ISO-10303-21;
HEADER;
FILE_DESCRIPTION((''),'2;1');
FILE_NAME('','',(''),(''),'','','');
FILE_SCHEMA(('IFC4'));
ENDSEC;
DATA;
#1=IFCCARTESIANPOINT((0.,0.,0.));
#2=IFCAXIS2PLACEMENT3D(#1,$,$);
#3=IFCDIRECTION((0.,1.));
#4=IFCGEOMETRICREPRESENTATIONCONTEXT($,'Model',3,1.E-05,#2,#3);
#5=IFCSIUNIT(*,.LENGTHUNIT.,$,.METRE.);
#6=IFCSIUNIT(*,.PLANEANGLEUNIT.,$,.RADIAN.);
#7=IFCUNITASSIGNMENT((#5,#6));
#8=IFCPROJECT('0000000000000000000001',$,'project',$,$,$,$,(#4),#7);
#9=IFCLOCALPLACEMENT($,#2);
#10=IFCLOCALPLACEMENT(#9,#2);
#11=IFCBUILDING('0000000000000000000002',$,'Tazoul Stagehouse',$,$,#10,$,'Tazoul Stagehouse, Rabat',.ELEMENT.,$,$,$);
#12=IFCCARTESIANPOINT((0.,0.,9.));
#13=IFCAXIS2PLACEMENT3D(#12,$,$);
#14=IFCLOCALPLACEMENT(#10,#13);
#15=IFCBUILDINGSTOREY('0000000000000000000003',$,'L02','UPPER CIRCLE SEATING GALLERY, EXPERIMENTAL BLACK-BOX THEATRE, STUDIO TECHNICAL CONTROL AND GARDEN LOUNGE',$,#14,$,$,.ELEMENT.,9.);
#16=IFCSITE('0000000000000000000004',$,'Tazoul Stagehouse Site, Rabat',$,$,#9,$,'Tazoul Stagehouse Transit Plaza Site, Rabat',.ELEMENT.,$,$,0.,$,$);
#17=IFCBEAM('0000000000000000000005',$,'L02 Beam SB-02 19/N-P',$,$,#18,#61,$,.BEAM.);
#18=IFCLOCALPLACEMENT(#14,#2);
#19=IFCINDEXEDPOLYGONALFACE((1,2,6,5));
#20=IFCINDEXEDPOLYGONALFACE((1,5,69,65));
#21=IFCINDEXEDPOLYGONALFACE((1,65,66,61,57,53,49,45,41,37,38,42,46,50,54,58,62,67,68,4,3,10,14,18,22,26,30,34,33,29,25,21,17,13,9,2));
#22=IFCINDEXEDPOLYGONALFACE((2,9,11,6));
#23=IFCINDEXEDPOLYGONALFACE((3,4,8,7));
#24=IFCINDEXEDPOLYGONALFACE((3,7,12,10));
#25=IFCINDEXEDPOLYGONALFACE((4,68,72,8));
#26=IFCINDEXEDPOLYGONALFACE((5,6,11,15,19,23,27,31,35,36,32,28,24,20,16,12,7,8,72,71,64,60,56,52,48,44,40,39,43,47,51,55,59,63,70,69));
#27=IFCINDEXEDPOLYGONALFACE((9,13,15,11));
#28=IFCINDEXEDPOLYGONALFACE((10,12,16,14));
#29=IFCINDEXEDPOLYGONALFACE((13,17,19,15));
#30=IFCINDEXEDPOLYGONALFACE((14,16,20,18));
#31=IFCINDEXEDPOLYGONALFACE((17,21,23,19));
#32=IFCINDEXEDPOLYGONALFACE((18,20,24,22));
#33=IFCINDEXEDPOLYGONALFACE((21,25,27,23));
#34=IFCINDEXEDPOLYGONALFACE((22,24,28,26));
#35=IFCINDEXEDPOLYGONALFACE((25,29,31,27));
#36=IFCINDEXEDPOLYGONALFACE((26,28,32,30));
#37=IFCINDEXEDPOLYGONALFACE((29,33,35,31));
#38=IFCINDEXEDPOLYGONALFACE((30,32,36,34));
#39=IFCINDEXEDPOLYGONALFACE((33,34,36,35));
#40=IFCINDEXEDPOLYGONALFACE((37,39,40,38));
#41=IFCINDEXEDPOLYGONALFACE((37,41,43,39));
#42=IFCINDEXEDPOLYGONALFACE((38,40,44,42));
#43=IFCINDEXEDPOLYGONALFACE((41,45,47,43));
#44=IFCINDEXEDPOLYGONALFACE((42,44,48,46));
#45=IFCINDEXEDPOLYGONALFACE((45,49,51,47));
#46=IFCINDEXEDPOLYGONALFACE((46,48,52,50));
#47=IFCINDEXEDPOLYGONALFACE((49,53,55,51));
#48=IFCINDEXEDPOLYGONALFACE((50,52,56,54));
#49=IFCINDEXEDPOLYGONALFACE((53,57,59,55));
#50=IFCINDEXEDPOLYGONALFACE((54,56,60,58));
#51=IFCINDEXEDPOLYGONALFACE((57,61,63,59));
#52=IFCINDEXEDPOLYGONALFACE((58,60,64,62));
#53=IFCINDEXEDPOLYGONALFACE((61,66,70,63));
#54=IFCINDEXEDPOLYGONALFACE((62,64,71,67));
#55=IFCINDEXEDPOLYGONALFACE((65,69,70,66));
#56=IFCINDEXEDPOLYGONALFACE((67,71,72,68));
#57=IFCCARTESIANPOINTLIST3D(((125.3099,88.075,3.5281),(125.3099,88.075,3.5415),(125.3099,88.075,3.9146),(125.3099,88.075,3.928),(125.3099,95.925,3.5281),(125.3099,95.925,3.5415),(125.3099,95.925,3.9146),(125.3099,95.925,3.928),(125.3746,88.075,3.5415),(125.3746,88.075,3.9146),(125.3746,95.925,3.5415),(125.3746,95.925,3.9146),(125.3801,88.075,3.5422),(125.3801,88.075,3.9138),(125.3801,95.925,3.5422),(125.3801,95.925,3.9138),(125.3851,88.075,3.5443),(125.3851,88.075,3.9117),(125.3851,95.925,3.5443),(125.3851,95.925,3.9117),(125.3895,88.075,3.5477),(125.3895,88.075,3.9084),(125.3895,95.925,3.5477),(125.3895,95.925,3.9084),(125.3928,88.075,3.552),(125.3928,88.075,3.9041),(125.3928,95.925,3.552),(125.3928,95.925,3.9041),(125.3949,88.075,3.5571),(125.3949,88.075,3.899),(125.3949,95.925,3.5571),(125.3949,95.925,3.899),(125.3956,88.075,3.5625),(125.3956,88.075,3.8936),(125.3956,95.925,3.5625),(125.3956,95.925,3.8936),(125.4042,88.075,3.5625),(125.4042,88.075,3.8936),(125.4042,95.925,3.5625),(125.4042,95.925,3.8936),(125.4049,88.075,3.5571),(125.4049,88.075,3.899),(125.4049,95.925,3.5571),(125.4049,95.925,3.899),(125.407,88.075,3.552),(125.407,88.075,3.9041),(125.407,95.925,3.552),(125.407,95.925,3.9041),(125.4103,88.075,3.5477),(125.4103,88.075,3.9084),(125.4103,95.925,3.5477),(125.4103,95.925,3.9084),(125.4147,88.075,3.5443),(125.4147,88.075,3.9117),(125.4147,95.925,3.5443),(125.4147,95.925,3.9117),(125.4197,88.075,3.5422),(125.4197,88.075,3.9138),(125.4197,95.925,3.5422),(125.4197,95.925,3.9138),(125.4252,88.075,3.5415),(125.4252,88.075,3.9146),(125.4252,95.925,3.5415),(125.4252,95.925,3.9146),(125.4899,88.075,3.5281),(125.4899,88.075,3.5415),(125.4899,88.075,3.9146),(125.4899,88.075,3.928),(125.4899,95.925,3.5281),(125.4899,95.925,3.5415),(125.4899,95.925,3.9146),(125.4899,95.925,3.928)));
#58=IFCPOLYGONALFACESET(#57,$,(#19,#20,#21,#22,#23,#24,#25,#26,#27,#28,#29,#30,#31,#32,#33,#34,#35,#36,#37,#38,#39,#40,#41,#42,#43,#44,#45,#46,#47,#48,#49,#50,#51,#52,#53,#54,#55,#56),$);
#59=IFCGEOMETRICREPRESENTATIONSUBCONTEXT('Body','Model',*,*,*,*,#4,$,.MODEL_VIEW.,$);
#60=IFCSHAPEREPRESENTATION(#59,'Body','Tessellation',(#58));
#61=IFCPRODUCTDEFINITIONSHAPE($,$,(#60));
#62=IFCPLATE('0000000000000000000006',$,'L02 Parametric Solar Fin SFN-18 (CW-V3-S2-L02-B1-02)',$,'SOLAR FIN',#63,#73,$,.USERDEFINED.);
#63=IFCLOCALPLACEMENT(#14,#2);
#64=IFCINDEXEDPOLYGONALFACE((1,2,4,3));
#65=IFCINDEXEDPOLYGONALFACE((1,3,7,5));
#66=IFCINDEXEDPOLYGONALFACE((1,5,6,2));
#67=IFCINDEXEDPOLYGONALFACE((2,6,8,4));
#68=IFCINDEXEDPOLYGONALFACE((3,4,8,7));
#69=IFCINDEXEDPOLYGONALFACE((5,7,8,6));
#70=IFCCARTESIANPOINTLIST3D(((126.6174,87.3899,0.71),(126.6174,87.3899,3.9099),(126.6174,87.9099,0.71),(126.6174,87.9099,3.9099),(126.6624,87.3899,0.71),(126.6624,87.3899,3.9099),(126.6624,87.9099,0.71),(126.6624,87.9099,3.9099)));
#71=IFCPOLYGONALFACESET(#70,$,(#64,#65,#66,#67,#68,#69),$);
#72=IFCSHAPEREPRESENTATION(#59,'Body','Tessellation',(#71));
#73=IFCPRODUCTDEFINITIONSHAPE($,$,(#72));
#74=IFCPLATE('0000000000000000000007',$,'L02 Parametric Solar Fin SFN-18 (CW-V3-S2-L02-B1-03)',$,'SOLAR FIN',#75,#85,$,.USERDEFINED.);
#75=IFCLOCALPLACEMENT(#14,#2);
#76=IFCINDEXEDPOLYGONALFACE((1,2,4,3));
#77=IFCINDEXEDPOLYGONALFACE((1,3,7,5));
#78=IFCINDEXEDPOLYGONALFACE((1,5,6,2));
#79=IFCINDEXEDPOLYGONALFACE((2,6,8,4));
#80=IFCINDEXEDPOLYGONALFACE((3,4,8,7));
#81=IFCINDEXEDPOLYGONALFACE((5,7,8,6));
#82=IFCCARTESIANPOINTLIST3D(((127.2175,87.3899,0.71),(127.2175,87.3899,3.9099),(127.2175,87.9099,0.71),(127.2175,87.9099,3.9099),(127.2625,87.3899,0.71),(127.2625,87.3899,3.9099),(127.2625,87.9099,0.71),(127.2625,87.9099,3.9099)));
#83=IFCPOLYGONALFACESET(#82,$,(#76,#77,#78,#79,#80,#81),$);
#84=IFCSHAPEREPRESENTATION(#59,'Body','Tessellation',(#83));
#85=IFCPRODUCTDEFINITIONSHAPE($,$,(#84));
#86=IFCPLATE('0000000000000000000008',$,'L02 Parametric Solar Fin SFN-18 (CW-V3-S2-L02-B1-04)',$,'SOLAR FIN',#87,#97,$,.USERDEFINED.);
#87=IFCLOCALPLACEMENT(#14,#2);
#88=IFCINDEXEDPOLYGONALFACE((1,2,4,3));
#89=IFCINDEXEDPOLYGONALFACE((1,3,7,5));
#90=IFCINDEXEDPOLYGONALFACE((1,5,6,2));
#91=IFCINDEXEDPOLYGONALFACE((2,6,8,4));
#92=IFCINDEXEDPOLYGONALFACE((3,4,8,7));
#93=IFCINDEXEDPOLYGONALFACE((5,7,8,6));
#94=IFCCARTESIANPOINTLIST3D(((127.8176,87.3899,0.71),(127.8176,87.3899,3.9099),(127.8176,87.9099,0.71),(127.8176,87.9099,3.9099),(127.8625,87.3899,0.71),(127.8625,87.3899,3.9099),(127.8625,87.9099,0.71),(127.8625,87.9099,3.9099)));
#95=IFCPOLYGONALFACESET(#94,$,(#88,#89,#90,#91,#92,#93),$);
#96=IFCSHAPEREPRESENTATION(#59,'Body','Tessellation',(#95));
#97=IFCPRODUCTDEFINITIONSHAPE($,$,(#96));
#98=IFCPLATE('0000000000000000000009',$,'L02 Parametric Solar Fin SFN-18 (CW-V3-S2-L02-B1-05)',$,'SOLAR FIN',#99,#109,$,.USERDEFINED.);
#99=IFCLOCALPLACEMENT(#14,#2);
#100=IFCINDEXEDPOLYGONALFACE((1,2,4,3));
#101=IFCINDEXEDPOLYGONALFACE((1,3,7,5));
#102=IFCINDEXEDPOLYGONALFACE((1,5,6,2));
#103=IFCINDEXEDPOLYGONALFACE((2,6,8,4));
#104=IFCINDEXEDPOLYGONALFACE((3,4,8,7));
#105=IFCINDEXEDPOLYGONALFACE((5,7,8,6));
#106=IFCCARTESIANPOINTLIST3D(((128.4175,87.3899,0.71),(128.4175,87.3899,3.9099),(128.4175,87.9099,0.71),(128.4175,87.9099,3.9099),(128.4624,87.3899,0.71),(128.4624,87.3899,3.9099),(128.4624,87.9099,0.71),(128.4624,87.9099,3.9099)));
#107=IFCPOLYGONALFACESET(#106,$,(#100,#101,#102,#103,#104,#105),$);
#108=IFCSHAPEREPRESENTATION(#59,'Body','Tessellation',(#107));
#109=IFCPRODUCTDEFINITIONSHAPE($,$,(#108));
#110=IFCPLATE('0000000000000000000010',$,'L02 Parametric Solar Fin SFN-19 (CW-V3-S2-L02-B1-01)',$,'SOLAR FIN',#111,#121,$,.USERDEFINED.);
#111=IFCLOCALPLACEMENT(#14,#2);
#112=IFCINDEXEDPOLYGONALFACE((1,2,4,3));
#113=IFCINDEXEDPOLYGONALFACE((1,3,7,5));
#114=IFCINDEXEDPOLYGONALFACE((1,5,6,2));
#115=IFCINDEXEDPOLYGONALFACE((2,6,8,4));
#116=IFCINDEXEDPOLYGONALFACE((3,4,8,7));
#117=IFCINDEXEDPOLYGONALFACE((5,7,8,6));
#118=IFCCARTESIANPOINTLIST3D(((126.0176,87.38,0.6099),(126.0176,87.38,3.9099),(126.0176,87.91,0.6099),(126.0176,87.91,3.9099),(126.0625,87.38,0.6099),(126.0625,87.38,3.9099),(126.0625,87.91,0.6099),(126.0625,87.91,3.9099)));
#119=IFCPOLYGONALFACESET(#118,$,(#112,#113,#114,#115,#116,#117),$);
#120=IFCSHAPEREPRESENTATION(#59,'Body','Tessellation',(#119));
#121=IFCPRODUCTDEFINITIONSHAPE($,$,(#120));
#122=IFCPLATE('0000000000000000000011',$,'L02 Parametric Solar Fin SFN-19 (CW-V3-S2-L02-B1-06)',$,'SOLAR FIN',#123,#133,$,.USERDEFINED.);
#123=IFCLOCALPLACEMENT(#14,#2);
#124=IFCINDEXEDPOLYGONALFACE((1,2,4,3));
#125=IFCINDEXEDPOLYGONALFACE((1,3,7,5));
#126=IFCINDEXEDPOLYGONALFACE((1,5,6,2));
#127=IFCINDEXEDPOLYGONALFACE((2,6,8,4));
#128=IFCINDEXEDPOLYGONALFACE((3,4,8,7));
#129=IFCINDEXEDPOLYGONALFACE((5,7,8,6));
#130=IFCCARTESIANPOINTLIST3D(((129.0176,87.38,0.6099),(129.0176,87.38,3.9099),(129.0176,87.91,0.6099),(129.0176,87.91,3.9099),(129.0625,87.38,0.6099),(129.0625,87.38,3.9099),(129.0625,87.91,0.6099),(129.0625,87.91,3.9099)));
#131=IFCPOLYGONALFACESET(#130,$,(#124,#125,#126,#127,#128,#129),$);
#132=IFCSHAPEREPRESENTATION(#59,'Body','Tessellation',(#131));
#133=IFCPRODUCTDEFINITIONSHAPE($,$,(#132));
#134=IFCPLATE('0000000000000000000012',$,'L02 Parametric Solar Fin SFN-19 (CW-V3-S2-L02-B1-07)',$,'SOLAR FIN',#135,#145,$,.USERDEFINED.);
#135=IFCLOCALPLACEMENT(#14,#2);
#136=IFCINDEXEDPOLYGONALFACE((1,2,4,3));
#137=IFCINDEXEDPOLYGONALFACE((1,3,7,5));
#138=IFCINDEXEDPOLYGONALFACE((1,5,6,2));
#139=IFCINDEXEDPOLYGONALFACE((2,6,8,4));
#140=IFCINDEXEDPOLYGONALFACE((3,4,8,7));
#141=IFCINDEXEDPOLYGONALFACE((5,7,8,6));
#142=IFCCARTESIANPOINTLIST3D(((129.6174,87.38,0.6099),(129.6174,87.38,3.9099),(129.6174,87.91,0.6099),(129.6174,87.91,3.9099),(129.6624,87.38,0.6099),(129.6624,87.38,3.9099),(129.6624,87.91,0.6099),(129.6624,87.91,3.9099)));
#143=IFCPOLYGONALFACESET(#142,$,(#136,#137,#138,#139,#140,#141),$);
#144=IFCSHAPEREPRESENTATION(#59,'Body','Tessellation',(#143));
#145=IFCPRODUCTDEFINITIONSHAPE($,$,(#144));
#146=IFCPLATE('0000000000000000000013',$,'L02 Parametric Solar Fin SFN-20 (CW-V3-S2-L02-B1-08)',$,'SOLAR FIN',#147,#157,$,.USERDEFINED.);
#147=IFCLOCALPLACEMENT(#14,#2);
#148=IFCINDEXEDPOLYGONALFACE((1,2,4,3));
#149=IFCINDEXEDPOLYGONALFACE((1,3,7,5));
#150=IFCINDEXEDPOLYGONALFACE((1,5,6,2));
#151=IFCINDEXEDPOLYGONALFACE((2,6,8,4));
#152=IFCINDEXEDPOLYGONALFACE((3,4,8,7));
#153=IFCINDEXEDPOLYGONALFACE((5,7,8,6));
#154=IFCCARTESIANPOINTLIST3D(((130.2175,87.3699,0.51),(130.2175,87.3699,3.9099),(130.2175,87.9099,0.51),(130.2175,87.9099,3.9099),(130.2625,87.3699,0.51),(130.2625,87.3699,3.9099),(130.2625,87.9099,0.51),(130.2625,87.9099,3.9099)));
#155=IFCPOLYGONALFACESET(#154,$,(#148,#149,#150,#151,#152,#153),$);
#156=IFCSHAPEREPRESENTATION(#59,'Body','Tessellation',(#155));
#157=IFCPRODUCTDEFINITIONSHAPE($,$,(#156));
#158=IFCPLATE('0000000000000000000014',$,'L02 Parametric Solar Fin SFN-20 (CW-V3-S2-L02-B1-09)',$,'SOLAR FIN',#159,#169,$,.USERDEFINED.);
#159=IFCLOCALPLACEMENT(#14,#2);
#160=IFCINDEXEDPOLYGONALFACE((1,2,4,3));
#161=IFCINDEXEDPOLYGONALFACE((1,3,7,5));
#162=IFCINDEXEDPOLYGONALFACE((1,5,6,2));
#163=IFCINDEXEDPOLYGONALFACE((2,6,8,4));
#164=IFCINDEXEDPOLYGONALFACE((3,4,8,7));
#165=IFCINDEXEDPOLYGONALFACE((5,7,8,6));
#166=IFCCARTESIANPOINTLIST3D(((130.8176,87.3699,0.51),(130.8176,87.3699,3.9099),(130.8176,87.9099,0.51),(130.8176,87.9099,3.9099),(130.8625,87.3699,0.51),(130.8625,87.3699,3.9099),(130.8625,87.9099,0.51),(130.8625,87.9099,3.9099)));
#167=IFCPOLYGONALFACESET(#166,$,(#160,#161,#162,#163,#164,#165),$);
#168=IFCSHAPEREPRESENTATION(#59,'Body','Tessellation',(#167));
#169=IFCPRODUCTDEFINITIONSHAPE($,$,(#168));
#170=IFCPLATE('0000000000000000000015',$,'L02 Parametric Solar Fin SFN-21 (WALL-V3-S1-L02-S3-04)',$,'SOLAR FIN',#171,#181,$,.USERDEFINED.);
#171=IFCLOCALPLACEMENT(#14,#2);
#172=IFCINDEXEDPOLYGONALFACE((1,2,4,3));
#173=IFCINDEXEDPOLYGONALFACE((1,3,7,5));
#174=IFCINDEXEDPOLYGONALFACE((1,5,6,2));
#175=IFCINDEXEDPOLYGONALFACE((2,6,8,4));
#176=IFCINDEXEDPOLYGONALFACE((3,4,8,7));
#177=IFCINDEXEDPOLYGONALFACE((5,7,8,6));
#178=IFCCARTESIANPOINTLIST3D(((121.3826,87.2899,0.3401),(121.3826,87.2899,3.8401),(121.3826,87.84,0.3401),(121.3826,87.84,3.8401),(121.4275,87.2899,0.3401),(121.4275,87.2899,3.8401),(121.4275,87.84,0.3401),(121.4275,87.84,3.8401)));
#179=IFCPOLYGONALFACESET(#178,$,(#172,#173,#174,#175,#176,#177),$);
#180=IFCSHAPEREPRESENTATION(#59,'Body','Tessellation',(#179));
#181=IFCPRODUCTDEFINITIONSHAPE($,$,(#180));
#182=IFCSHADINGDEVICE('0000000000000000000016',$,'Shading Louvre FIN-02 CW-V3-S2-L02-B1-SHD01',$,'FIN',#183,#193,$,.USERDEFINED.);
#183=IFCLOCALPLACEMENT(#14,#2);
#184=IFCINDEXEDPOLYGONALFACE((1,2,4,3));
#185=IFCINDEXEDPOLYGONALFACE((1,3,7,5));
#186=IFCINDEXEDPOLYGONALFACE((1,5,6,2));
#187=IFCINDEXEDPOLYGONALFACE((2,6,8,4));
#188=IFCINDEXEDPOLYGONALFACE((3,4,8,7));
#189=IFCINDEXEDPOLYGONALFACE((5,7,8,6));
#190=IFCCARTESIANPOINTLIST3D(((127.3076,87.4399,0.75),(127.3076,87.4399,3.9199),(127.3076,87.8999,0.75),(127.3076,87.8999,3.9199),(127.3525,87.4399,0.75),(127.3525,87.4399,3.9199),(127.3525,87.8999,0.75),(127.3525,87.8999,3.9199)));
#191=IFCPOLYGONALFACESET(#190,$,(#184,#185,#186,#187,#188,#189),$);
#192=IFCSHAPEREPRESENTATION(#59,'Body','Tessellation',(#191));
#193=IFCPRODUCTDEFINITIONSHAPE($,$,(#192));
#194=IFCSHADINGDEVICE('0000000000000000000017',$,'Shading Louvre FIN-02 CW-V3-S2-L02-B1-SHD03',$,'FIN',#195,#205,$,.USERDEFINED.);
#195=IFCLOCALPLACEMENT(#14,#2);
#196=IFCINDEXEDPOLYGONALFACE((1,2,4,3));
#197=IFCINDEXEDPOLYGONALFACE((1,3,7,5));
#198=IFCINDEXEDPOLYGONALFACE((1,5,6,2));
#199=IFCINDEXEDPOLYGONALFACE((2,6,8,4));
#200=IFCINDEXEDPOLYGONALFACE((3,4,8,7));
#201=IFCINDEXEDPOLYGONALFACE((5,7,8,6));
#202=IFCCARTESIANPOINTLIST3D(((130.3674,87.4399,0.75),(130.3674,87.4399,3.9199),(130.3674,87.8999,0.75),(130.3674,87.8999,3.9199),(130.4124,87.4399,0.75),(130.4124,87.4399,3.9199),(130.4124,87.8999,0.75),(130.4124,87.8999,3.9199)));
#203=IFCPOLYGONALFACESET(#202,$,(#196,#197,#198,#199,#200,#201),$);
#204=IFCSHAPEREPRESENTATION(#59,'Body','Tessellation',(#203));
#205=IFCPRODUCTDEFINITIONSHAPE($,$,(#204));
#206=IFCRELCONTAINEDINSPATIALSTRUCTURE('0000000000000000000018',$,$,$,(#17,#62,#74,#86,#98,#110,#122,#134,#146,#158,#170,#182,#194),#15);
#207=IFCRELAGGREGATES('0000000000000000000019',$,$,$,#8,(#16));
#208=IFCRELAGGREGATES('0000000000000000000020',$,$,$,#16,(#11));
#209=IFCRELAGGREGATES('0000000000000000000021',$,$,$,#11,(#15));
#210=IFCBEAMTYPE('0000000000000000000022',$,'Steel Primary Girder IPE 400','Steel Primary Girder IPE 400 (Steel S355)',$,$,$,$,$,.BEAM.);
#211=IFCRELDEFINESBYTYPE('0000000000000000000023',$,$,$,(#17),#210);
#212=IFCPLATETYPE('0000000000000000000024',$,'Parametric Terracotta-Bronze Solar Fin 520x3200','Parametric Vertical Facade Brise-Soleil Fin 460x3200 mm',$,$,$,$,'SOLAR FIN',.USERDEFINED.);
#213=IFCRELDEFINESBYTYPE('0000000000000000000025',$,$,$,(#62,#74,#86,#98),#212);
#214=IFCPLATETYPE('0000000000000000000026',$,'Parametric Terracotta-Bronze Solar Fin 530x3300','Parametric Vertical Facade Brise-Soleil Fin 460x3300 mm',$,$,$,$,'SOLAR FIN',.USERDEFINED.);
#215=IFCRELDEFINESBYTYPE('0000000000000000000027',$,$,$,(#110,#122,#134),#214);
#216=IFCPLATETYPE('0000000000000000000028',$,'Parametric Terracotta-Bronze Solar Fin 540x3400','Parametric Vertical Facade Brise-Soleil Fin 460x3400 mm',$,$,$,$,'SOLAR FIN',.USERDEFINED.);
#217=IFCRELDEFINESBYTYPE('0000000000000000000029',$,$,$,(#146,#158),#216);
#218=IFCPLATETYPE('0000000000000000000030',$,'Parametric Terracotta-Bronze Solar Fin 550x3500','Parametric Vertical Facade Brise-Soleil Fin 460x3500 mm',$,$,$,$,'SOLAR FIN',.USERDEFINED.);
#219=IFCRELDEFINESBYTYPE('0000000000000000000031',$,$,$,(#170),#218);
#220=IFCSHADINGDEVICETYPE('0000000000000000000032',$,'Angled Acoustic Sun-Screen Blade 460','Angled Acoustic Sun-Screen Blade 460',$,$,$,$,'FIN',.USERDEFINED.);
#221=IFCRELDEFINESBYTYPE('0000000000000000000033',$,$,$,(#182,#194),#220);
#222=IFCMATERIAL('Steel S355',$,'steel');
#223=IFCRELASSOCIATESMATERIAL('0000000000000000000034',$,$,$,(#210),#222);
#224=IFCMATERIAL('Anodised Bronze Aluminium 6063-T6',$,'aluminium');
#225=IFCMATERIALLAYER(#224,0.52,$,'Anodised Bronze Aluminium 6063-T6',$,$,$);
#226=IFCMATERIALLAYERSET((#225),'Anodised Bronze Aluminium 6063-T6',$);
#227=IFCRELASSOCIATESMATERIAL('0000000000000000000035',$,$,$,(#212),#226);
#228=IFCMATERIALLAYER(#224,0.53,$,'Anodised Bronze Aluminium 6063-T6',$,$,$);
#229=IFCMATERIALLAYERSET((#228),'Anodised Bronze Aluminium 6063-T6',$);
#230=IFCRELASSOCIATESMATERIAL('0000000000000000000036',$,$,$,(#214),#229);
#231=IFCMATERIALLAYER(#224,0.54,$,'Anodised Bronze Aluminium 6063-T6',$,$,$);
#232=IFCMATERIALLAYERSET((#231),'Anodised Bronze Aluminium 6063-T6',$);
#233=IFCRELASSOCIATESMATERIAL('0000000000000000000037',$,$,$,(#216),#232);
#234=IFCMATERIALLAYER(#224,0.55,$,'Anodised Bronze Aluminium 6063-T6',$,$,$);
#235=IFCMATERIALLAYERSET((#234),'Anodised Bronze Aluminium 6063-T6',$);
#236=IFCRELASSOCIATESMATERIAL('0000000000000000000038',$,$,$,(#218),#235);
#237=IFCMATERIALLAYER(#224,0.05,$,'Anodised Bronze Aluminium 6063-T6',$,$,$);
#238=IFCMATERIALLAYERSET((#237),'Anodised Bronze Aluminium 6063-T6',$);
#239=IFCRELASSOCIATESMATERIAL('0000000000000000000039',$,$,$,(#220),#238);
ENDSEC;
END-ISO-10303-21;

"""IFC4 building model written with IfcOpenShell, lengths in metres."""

from ifc_helpers import new_model, si_unit, direction, frame, origin, origin_2d, place, context, subcontext, project, spatial, rectangle, i_section, extrude, material, layer, layer_set, material_profile, profile_set, type_object, element, save


model = new_model("IFC4")

# Units and contexts
model_context = context("Model", 3, precision=1e-05, world=origin(), true_north=direction((0.0, 1.0)))
body_context = subcontext(model_context, "Body", "Model", "MODEL_VIEW")
ifc_project = project(units=[si_unit("LENGTHUNIT", "METRE"), si_unit("PLANEANGLEUNIT", "RADIAN")], contexts=[model_context])

# Site, building, storey
site_placement = place(None, origin())
site = spatial("IfcSite", under=ifc_project, at=site_placement, Name="Tazoul Stagehouse Site, Rabat", LongName="Tazoul Stagehouse Transit Plaza Site, Rabat", CompositionType="ELEMENT", RefElevation=0.0)
building_placement = place(site_placement, origin())
building = spatial("IfcBuilding", under=site, at=building_placement, Name="Tazoul Stagehouse", LongName="Tazoul Stagehouse, Rabat", CompositionType="ELEMENT")
storey_placement = place(building_placement, frame((0.0, 0.0, 9.0)))
storey = spatial("IfcBuildingStorey", under=building, at=storey_placement, Name="L02", Description="UPPER CIRCLE SEATING GALLERY, EXPERIMENTAL BLACK-BOX THEATRE, STUDIO TECHNICAL CONTROL AND GARDEN LOUNGE", CompositionType="ELEMENT", Elevation=9.0)

# Beam
ifc_material_1 = material(Name="Steel S355", Category="steel")
ifc_material_profile_1 = material_profile(ifc_material_1, i_section(OverallWidth=0.1799, OverallDepth=0.3999, WebThickness=0.0085, FlangeThickness=0.0134, FilletRadius=0.021, at=origin_2d()), Name="IPE 400")
ifc_profile_set_1 = profile_set([ifc_material_profile_1], Name="Steel S355")
beam_type_1 = type_object("IfcBeamType", Name="Steel Primary Girder IPE 400", Description="Steel Primary Girder IPE 400 (Steel S355)", PredefinedType="BEAM", material=ifc_profile_set_1)
beam_1_placement = place(storey_placement, frame((125.3999, 88.075, 3.728), z_axis=(0.0, 1.0, 0.0), x_axis=(-1.0, 0.0, 0.0)))
element("IfcBeam", 1, at=beam_1_placement, inside=storey, type_object=beam_type_1, Name="L02 Beam SB-02 19/N-P", PredefinedType="BEAM", context=body_context, shape_type="SweptSolid", body=[
    extrude(i_section(OverallWidth=0.1799, OverallDepth=0.3999, WebThickness=0.0085, FlangeThickness=0.0134, FilletRadius=0.021, at=origin_2d()), origin(), (0.0, 0.0, 1.0), 7.8501),
])

# Plates
ifc_material_2 = material(Name="Anodised Bronze Aluminium 6063-T6", Category="aluminium")
ifc_layer_1 = layer(ifc_material_2, 0.52, Name="Anodised Bronze Aluminium 6063-T6")
ifc_layer_set_1 = layer_set([ifc_layer_1], Name="Anodised Bronze Aluminium 6063-T6")
plate_type_1 = type_object("IfcPlateType", Name="Parametric Terracotta-Bronze Solar Fin 520x3200", Description="Parametric Vertical Facade Brise-Soleil Fin 460x3200 mm", ElementType="SOLAR FIN", PredefinedType="USERDEFINED", material=ifc_layer_set_1)
for number, where, z_axis, x_axis, name in (
    (2, (126.6399, 87.6499, 0.71), (0.0, 0.0, 1.0), (1.0, 0.0, 0.0), "L02 Parametric Solar Fin SFN-18 (CW-V3-S2-L02-B1-02)"),
    (3, (127.24, 87.6499, 0.71), (0.0, 0.0, 1.0), (1.0, 0.0, 0.0), "L02 Parametric Solar Fin SFN-18 (CW-V3-S2-L02-B1-03)"),
    (4, (127.8401, 87.6499, 0.71), (0.0, 0.0, 1.0), (1.0, 0.0, 0.0), "L02 Parametric Solar Fin SFN-18 (CW-V3-S2-L02-B1-04)"),
    (5, (128.4399, 87.6499, 0.71), (0.0, 0.0, 1.0), (1.0, 0.0, 0.0), "L02 Parametric Solar Fin SFN-18 (CW-V3-S2-L02-B1-05)"),
):
    element("IfcPlate", number, at=place(storey_placement, frame(where, z_axis=z_axis, x_axis=x_axis)), inside=storey, type_object=plate_type_1, Name=name, ObjectType="SOLAR FIN", PredefinedType="USERDEFINED", context=body_context, shape_type="SweptSolid", body=[
        extrude(rectangle(XDim=0.0449, YDim=0.52, at=origin_2d()), origin(), (0.0, 0.0, 1.0), 3.2),
    ])
ifc_layer_2 = layer(ifc_material_2, 0.53, Name="Anodised Bronze Aluminium 6063-T6")
ifc_layer_set_2 = layer_set([ifc_layer_2], Name="Anodised Bronze Aluminium 6063-T6")
plate_type_2 = type_object("IfcPlateType", Name="Parametric Terracotta-Bronze Solar Fin 530x3300", Description="Parametric Vertical Facade Brise-Soleil Fin 460x3300 mm", ElementType="SOLAR FIN", PredefinedType="USERDEFINED", material=ifc_layer_set_2)
for number, where, z_axis, x_axis, name in (
    (6, (126.04, 87.645, 0.6099), (0.0, 0.0, 1.0), (1.0, 0.0, 0.0), "L02 Parametric Solar Fin SFN-19 (CW-V3-S2-L02-B1-01)"),
    (7, (129.04, 87.645, 0.6099), (0.0, 0.0, 1.0), (1.0, 0.0, 0.0), "L02 Parametric Solar Fin SFN-19 (CW-V3-S2-L02-B1-06)"),
    (8, (129.6399, 87.645, 0.6099), (0.0, 0.0, 1.0), (1.0, 0.0, 0.0), "L02 Parametric Solar Fin SFN-19 (CW-V3-S2-L02-B1-07)"),
):
    element("IfcPlate", number, at=place(storey_placement, frame(where, z_axis=z_axis, x_axis=x_axis)), inside=storey, type_object=plate_type_2, Name=name, ObjectType="SOLAR FIN", PredefinedType="USERDEFINED", context=body_context, shape_type="SweptSolid", body=[
        extrude(rectangle(XDim=0.0449, YDim=0.53, at=origin_2d()), origin(), (0.0, 0.0, 1.0), 3.3),
    ])
ifc_layer_3 = layer(ifc_material_2, 0.54, Name="Anodised Bronze Aluminium 6063-T6")
ifc_layer_set_3 = layer_set([ifc_layer_3], Name="Anodised Bronze Aluminium 6063-T6")
plate_type_3 = type_object("IfcPlateType", Name="Parametric Terracotta-Bronze Solar Fin 540x3400", Description="Parametric Vertical Facade Brise-Soleil Fin 460x3400 mm", ElementType="SOLAR FIN", PredefinedType="USERDEFINED", material=ifc_layer_set_3)
for number, where, z_axis, x_axis, name in (
    (9, (130.24, 87.6399, 0.51), (0.0, 0.0, 1.0), (1.0, 0.0, 0.0), "L02 Parametric Solar Fin SFN-20 (CW-V3-S2-L02-B1-08)"),
    (10, (130.8401, 87.6399, 0.51), (0.0, 0.0, 1.0), (1.0, 0.0, 0.0), "L02 Parametric Solar Fin SFN-20 (CW-V3-S2-L02-B1-09)"),
):
    element("IfcPlate", number, at=place(storey_placement, frame(where, z_axis=z_axis, x_axis=x_axis)), inside=storey, type_object=plate_type_3, Name=name, ObjectType="SOLAR FIN", PredefinedType="USERDEFINED", context=body_context, shape_type="SweptSolid", body=[
        extrude(rectangle(XDim=0.0449, YDim=0.54, at=origin_2d()), origin(), (0.0, 0.0, 1.0), 3.3999),
    ])
ifc_layer_4 = layer(ifc_material_2, 0.55, Name="Anodised Bronze Aluminium 6063-T6")
ifc_layer_set_4 = layer_set([ifc_layer_4], Name="Anodised Bronze Aluminium 6063-T6")
plate_type_4 = type_object("IfcPlateType", Name="Parametric Terracotta-Bronze Solar Fin 550x3500", Description="Parametric Vertical Facade Brise-Soleil Fin 460x3500 mm", ElementType="SOLAR FIN", PredefinedType="USERDEFINED", material=ifc_layer_set_4)
plate_placement = place(storey_placement, frame((121.405, 87.5649, 0.3401), z_axis=(0.0, 0.0, 1.0), x_axis=(1.0, 0.0, 0.0)))
element("IfcPlate", 11, at=plate_placement, inside=storey, type_object=plate_type_4, Name="L02 Parametric Solar Fin SFN-21 (WALL-V3-S1-L02-S3-04)", ObjectType="SOLAR FIN", PredefinedType="USERDEFINED", context=body_context, shape_type="SweptSolid", body=[
    extrude(rectangle(XDim=0.0449, YDim=0.55, at=origin_2d()), origin(), (0.0, 0.0, 1.0), 3.5),
])

# Shading devices
ifc_layer_5 = layer(ifc_material_2, 0.05, Name="Anodised Bronze Aluminium 6063-T6")
ifc_layer_set_5 = layer_set([ifc_layer_5], Name="Anodised Bronze Aluminium 6063-T6")
shading_device_type_1 = type_object("IfcShadingDeviceType", Name="Angled Acoustic Sun-Screen Blade 460", Description="Angled Acoustic Sun-Screen Blade 460", ElementType="FIN", PredefinedType="USERDEFINED", material=ifc_layer_set_5)
for number, where, z_axis, x_axis, name in (
    (12, (127.3301, 87.6699, 0.75), (0.0, 0.0, 1.0), (1.0, 0.0, 0.0), "Shading Louvre FIN-02 CW-V3-S2-L02-B1-SHD01"),
    (13, (130.3899, 87.6699, 0.75), (0.0, 0.0, 1.0), (1.0, 0.0, 0.0), "Shading Louvre FIN-02 CW-V3-S2-L02-B1-SHD03"),
):
    element("IfcShadingDevice", number, at=place(storey_placement, frame(where, z_axis=z_axis, x_axis=x_axis)), inside=storey, type_object=shading_device_type_1, Name=name, ObjectType="FIN", PredefinedType="USERDEFINED", context=body_context, shape_type="SweptSolid", body=[
        extrude(rectangle(XDim=0.0449, YDim=0.46, at=origin_2d()), origin(), (0.0, 0.0, 1.0), 3.1699),
    ])

save(model, "model.ifc")
